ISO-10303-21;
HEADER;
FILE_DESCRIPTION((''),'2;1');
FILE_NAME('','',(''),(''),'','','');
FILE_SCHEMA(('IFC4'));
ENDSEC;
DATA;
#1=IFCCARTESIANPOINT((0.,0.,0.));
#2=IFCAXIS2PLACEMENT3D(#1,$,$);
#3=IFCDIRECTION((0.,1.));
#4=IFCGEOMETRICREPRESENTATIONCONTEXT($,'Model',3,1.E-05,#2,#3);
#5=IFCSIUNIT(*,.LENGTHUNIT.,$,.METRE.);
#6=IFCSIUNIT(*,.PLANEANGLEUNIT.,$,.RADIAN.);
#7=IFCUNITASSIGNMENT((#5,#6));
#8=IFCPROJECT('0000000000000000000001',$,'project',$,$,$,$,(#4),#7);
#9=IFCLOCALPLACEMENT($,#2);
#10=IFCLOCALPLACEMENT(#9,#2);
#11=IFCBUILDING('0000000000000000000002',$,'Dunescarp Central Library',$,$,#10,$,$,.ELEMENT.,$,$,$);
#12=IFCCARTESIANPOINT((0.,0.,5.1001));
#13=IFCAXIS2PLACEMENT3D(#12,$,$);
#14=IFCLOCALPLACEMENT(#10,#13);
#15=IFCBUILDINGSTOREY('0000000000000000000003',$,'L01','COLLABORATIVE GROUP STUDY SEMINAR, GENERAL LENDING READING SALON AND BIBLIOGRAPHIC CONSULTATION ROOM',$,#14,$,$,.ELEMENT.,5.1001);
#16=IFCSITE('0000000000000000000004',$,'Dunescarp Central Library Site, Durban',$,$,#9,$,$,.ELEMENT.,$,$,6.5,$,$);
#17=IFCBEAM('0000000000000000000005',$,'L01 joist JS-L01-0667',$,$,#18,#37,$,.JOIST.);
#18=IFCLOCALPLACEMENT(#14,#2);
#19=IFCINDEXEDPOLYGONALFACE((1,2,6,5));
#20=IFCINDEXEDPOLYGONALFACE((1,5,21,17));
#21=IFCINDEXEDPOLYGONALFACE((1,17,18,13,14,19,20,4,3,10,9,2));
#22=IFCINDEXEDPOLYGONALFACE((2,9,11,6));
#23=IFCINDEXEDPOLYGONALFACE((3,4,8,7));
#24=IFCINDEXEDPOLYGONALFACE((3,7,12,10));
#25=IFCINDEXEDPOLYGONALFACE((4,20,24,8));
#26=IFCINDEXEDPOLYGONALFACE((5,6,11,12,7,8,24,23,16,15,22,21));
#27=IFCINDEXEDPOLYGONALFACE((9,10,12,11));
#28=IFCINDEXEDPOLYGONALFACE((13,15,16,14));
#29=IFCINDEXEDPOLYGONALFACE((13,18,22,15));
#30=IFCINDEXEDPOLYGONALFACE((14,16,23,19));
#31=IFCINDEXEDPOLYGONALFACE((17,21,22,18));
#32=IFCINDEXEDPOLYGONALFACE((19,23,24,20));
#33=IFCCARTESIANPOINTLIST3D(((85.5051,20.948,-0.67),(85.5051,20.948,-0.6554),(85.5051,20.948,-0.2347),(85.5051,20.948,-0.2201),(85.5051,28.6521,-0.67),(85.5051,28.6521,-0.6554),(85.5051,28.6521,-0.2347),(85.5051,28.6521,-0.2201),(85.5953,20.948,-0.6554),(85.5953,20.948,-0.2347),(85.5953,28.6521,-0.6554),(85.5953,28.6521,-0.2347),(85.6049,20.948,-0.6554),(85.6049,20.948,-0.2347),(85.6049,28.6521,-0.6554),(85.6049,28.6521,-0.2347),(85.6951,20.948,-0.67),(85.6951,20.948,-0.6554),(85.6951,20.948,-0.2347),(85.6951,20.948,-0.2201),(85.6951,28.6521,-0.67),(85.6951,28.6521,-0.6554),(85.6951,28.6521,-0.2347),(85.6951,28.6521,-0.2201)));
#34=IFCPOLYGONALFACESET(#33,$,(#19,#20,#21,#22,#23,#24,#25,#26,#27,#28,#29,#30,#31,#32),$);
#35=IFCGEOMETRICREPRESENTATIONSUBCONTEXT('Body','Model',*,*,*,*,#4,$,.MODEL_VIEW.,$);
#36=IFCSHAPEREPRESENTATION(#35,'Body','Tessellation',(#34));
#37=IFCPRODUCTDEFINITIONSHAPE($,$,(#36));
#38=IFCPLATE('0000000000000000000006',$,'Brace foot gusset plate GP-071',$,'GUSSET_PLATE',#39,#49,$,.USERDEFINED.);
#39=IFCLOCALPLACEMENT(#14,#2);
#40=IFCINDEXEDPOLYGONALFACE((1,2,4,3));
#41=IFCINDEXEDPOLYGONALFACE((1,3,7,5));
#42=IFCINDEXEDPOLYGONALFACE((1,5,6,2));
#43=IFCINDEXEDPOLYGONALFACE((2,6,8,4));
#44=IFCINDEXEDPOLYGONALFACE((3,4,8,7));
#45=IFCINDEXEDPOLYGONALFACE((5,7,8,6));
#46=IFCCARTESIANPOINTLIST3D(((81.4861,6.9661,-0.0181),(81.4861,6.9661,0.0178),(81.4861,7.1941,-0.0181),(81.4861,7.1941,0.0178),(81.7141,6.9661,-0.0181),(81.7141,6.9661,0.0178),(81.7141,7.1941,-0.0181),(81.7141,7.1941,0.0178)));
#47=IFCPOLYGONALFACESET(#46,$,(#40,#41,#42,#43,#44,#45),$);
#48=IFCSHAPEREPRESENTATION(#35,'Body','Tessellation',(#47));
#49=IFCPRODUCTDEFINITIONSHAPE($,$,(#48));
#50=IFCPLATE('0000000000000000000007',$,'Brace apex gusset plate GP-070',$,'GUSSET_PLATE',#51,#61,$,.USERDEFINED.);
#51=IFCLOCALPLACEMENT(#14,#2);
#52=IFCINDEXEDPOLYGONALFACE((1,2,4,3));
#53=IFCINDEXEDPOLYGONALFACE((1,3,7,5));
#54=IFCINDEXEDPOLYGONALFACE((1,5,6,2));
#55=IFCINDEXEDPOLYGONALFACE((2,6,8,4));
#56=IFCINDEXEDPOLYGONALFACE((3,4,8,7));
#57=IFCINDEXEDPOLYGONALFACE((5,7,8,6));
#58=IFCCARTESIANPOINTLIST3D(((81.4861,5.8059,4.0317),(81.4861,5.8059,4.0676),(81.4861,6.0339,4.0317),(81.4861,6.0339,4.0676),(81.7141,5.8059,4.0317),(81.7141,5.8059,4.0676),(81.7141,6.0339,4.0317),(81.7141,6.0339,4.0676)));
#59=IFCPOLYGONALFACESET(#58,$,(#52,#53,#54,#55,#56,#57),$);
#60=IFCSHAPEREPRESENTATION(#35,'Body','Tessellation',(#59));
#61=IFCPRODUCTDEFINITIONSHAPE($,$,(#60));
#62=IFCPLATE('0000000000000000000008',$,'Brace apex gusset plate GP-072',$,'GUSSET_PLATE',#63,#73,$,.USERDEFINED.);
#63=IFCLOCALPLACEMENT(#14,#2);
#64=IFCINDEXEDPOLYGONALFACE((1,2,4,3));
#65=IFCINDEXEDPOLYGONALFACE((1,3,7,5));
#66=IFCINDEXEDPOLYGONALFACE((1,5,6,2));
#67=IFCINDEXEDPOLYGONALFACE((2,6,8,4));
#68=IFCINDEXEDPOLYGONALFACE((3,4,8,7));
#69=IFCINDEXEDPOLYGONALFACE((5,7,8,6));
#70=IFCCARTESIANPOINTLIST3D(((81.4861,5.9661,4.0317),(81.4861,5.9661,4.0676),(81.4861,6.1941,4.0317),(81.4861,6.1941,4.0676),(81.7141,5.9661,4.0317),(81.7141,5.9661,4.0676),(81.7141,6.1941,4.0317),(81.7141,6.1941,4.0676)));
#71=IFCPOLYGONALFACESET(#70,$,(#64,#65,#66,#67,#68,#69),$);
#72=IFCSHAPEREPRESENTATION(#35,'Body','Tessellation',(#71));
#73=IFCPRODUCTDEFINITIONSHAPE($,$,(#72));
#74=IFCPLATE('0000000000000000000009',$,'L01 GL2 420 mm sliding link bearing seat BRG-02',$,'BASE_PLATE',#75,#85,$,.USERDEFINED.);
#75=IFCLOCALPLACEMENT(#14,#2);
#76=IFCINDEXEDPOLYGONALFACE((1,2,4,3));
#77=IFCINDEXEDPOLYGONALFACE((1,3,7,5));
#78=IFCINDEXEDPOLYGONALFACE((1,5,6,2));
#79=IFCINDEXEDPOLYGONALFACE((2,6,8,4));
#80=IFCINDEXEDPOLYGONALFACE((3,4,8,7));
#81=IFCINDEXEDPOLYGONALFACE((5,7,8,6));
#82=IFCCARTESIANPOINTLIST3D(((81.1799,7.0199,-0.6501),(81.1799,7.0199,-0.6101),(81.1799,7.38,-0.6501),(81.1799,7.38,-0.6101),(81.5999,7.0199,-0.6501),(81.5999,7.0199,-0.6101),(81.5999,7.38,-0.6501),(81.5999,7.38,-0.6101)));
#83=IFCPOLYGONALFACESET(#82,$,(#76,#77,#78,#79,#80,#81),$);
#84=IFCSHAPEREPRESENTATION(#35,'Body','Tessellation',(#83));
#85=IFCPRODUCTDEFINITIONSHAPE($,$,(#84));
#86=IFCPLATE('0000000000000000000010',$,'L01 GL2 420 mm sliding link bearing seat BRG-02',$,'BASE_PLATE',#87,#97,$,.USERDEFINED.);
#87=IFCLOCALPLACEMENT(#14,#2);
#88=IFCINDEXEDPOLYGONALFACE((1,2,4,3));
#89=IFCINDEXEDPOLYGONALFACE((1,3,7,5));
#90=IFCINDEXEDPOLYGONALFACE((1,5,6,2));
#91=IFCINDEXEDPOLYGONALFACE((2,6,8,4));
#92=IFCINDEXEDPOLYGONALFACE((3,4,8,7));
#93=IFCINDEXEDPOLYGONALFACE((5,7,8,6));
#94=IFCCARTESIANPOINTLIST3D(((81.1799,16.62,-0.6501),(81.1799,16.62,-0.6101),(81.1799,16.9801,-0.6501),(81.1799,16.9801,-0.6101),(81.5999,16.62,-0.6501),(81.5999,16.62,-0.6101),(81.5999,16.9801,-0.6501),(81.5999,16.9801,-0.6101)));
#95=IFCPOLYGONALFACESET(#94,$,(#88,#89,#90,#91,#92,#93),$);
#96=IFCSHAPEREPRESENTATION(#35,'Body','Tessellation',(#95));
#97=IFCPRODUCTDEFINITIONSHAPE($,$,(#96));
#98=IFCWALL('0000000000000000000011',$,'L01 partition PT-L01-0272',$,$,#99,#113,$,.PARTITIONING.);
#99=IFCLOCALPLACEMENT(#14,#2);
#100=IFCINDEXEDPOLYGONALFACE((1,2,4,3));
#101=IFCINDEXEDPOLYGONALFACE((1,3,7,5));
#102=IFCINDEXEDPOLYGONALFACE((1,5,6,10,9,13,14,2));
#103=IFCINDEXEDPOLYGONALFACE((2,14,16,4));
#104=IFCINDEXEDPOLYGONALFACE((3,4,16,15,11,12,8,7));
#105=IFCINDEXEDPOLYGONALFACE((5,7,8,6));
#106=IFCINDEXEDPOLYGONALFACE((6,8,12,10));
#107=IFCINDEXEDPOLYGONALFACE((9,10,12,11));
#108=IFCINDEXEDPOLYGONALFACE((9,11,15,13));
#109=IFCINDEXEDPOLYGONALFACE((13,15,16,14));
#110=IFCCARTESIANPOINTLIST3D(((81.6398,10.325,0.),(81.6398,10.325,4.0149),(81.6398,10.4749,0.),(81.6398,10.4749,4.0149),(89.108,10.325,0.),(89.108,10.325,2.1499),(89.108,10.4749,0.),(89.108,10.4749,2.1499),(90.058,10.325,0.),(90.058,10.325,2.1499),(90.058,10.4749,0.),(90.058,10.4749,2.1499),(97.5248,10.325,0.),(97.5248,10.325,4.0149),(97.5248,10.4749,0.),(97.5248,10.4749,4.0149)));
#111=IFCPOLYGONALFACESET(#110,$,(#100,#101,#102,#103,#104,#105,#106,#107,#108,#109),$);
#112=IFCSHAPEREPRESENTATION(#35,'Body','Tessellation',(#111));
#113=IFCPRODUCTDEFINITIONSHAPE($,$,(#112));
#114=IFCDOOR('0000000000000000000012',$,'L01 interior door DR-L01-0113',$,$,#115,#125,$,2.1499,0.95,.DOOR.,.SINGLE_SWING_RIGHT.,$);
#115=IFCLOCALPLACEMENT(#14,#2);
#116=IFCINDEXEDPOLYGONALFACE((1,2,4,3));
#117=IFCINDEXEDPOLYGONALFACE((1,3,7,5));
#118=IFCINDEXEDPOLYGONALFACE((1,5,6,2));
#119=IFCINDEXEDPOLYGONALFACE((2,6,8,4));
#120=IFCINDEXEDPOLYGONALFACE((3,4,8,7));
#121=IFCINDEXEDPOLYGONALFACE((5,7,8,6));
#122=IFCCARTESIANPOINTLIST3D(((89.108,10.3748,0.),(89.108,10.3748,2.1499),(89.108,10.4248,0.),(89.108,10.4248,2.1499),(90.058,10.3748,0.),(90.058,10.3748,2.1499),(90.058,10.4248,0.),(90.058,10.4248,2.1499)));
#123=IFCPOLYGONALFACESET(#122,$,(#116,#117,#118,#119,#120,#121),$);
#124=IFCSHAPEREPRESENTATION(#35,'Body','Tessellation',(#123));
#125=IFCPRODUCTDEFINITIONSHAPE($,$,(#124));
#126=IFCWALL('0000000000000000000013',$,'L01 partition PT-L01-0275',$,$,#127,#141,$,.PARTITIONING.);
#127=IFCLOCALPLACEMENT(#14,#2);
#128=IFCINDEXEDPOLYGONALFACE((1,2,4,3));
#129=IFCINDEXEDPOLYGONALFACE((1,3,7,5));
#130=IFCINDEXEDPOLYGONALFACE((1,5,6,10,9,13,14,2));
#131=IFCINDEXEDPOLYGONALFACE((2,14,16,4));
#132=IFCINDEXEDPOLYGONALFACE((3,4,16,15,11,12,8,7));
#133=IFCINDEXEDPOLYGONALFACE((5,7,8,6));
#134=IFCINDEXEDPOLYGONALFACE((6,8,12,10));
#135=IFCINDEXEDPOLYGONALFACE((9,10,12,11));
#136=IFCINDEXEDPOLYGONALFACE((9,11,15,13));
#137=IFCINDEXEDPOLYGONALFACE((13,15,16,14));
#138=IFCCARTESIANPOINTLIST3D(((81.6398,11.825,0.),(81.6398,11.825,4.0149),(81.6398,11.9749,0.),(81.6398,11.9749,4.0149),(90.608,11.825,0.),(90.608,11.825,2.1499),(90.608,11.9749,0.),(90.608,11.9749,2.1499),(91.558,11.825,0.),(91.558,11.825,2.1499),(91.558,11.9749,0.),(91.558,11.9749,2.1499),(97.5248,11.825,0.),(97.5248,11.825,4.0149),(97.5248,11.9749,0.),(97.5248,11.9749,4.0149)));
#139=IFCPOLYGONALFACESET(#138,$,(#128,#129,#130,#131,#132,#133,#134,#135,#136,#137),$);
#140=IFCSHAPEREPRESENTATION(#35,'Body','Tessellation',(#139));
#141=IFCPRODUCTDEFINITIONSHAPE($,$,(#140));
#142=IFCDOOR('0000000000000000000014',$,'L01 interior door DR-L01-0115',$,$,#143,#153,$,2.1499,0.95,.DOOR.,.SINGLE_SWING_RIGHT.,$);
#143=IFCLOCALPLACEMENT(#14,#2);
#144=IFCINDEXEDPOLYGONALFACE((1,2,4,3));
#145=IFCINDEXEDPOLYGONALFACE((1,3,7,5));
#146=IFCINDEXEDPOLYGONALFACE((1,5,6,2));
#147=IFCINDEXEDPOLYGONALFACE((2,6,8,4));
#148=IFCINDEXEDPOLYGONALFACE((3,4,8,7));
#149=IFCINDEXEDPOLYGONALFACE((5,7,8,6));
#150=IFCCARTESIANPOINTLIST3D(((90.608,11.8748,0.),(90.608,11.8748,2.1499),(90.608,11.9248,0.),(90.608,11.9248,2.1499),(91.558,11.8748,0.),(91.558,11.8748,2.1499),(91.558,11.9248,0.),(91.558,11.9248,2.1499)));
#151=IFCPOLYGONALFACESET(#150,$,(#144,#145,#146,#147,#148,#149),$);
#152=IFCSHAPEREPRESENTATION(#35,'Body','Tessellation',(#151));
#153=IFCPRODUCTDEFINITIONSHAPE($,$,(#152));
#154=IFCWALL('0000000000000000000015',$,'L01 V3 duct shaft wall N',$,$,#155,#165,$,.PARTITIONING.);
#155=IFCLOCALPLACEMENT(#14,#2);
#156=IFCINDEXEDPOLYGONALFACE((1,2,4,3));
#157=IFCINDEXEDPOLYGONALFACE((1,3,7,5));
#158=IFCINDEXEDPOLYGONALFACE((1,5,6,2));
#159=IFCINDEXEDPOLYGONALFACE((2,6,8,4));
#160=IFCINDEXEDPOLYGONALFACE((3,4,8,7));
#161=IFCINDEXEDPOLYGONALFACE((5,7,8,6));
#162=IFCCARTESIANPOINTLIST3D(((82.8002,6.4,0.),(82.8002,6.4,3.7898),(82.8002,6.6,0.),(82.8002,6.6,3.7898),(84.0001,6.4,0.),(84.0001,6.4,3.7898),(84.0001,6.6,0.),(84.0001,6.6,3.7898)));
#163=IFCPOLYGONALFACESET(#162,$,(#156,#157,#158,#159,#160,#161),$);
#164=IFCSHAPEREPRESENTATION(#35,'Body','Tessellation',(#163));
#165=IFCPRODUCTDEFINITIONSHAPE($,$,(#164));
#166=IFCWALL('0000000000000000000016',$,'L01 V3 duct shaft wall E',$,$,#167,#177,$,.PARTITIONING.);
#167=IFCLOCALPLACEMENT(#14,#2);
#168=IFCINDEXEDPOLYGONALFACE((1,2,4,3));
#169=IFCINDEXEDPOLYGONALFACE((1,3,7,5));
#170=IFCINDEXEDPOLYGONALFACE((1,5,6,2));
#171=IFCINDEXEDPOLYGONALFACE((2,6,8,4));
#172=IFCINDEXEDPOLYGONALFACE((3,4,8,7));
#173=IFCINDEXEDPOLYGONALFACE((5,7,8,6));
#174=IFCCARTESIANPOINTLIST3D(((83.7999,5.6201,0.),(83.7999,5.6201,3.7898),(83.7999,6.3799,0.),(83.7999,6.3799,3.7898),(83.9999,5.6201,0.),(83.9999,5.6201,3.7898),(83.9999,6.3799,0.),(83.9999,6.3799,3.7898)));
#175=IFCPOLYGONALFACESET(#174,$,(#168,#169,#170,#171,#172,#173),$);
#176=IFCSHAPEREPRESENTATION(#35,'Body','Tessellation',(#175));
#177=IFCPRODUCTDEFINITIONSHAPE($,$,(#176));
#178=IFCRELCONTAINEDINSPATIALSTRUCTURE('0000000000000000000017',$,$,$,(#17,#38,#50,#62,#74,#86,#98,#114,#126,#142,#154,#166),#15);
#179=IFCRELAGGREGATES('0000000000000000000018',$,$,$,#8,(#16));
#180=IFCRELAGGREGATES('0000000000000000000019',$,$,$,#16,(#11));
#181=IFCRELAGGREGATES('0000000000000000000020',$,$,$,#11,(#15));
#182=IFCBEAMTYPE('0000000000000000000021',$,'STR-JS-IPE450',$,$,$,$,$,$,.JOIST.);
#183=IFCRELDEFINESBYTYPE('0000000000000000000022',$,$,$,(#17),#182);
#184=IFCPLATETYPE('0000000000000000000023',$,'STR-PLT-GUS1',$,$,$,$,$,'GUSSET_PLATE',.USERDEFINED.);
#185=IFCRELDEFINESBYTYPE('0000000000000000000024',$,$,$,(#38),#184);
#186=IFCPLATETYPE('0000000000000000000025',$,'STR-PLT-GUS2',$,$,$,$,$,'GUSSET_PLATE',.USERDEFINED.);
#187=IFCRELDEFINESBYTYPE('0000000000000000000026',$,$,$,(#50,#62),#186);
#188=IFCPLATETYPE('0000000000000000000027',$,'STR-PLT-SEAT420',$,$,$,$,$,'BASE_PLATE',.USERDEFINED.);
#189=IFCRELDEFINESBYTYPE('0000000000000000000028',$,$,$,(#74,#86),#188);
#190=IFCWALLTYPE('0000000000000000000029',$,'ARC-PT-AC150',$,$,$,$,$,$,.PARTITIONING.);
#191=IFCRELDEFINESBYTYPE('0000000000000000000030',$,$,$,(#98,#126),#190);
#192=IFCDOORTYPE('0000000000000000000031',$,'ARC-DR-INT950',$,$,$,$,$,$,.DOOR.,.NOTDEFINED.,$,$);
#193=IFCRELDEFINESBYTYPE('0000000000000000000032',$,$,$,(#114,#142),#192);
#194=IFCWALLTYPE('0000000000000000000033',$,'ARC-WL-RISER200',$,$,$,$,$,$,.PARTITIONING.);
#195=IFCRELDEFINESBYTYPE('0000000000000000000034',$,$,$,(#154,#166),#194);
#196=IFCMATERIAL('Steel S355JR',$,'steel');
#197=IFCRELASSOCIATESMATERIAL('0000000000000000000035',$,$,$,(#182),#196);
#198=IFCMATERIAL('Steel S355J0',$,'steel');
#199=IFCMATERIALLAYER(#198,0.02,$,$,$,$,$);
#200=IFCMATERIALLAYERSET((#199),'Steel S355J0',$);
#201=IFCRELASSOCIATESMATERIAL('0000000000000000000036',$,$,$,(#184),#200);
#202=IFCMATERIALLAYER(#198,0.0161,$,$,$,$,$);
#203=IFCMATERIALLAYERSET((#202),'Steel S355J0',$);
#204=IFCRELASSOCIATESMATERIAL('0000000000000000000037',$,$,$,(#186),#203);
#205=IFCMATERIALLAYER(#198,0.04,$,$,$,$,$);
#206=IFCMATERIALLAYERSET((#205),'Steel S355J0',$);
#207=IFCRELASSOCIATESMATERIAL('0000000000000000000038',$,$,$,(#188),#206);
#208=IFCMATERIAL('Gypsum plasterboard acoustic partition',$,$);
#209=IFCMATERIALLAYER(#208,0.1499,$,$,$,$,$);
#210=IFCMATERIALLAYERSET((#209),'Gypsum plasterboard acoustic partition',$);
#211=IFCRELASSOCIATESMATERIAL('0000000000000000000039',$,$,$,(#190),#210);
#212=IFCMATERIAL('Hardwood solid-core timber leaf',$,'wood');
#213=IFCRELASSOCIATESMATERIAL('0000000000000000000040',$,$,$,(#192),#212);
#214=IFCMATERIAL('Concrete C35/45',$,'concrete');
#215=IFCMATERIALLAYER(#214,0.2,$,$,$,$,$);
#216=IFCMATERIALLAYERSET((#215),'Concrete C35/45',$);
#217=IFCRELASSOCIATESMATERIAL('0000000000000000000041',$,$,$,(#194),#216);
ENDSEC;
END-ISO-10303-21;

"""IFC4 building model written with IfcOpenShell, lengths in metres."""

from ifc_helpers import new_model, si_unit, direction, frame, frame_2d, origin, origin_2d, place, context, subcontext, project, spatial, rectangle, i_section, extrude, material, layer, layer_set, material_profile, profile_set, type_object, element, fill, save


model = new_model("IFC4")

# Units and contexts
model_context = context("Model", 3, precision=1e-05, world=origin(), true_north=direction((0.0, 1.0)))
body_context = subcontext(model_context, "Body", "Model", "MODEL_VIEW")
ifc_project = project(units=[si_unit("LENGTHUNIT", "METRE"), si_unit("PLANEANGLEUNIT", "RADIAN")], contexts=[model_context])

# Site, building, storey
site_placement = place(None, origin())
site = spatial("IfcSite", under=ifc_project, at=site_placement, Name="Dunescarp Central Library Site, Durban", CompositionType="ELEMENT", RefElevation=6.5)
building_placement = place(site_placement, origin())
building = spatial("IfcBuilding", under=site, at=building_placement, Name="Dunescarp Central Library", CompositionType="ELEMENT")
storey_placement = place(building_placement, frame((0.0, 0.0, 5.1001)))
storey = spatial("IfcBuildingStorey", under=building, at=storey_placement, Name="L01", Description="COLLABORATIVE GROUP STUDY SEMINAR, GENERAL LENDING READING SALON AND BIBLIOGRAPHIC CONSULTATION ROOM", CompositionType="ELEMENT", Elevation=5.1001)

# Shared definitions
ifc_material_1 = material(Name="Steel S355JR", Category="steel")

# Shared definitions
ifc_material_2 = material(Name="Steel S355J0", Category="steel")

# Beam
ifc_material_profile_1 = material_profile(ifc_material_1, i_section(OverallWidth=0.1899, OverallDepth=0.45, WebThickness=0.0095, FlangeThickness=0.0146, at=origin_2d()), Name="IPE 450")
ifc_profile_set_1 = profile_set([ifc_material_profile_1], Name="Steel S355JR")
beam_type_1 = type_object("IfcBeamType", Name="STR-JS-IPE450", PredefinedType="JOIST", material=ifc_profile_set_1)
for number, where, z_axis, x_axis, name in (
    (1, (85.6001, 20.948, -0.4451), (0.0, 1.0, 0.0), (-1.0, 0.0, 0.0), "L01 joist JS-L01-0667"),
):
    element("IfcBeam", number, at=place(storey_placement, frame(where, z_axis=z_axis, x_axis=x_axis)), inside=storey, type_object=beam_type_1, Name=name, PredefinedType="JOIST", context=body_context, shape_type="SweptSolid", body=[
        extrude(i_section(OverallWidth=0.1899, OverallDepth=0.45, WebThickness=0.0095, FlangeThickness=0.0146, at=origin_2d()), origin(), (0.0, 0.0, 1.0), 7.7041),
    ])

# Plates
ifc_layer_1 = layer(ifc_material_2, 0.02)
ifc_layer_set_1 = layer_set([ifc_layer_1], Name="Steel S355J0")
plate_type_1 = type_object("IfcPlateType", Name="STR-PLT-GUS1", ElementType="GUSSET_PLATE", PredefinedType="USERDEFINED", material=ifc_layer_set_1)
plate_placement = place(storey_placement, frame((81.6001, 7.0801, -0.0181), z_axis=(0.0, 0.0, 1.0), x_axis=(1.0, 0.0, 0.0)))
element("IfcPlate", 2, at=plate_placement, inside=storey, type_object=plate_type_1, Name="Brace foot gusset plate GP-071", ObjectType="GUSSET_PLATE", PredefinedType="USERDEFINED", context=body_context, shape_type="SweptSolid", body=[
    extrude(rectangle(XDim=0.228, YDim=0.228, at=origin_2d()), origin(), (0.0, 0.0, 1.0), 0.0359),
])
ifc_layer_2 = layer(ifc_material_2, 0.0161)
ifc_layer_set_2 = layer_set([ifc_layer_2], Name="Steel S355J0")
plate_type_2 = type_object("IfcPlateType", Name="STR-PLT-GUS2", ElementType="GUSSET_PLATE", PredefinedType="USERDEFINED", material=ifc_layer_set_2)
for number, where, z_axis, x_axis, name in (
    (3, (81.6001, 5.9199, 4.0317), (0.0, 0.0, 1.0), (1.0, 0.0, 0.0), "Brace apex gusset plate GP-070"),
    (4, (81.6001, 6.0801, 4.0317), (0.0, 0.0, 1.0), (1.0, 0.0, 0.0), "Brace apex gusset plate GP-072"),
):
    element("IfcPlate", number, at=place(storey_placement, frame(where, z_axis=z_axis, x_axis=x_axis)), inside=storey, type_object=plate_type_2, Name=name, ObjectType="GUSSET_PLATE", PredefinedType="USERDEFINED", context=body_context, shape_type="SweptSolid", body=[
        extrude(rectangle(XDim=0.228, YDim=0.228, at=origin_2d()), origin(), (0.0, 0.0, 1.0), 0.0359),
    ])
ifc_layer_3 = layer(ifc_material_2, 0.04)
ifc_layer_set_3 = layer_set([ifc_layer_3], Name="Steel S355J0")
plate_type_3 = type_object("IfcPlateType", Name="STR-PLT-SEAT420", ElementType="BASE_PLATE", PredefinedType="USERDEFINED", material=ifc_layer_set_3)
for number, where, z_axis, x_axis, name in (
    (5, (81.3899, 7.2, -0.6501), (0.0, 0.0, 1.0), (1.0, 0.0, 0.0), "L01 GL2 420 mm sliding link bearing seat BRG-02"),
    (6, (81.3899, 16.8, -0.6501), (0.0, 0.0, 1.0), (1.0, 0.0, 0.0), "L01 GL2 420 mm sliding link bearing seat BRG-02"),
):
    element("IfcPlate", number, at=place(storey_placement, frame(where, z_axis=z_axis, x_axis=x_axis)), inside=storey, type_object=plate_type_3, Name=name, ObjectType="BASE_PLATE", PredefinedType="USERDEFINED", context=body_context, shape_type="SweptSolid", body=[
        extrude(rectangle(XDim=0.4199, YDim=0.3601, at=origin_2d()), origin(), (0.0, 0.0, 1.0), 0.04),
    ])

# Walls, openings, doors
ifc_material_3 = material(Name="Gypsum plasterboard acoustic partition")
ifc_layer_4 = layer(ifc_material_3, 0.1499)
ifc_layer_set_4 = layer_set([ifc_layer_4], Name="Gypsum plasterboard acoustic partition")
wall_type_1 = type_object("IfcWallType", Name="ARC-PT-AC150", PredefinedType="PARTITIONING", material=ifc_layer_set_4)
wall_1_placement = place(storey_placement, frame((81.6399, 10.3999, 0.0), z_axis=(0.0, 0.0, 1.0), x_axis=(1.0, 0.0, 0.0)))
wall_1 = element("IfcWall", 7, at=wall_1_placement, inside=storey, type_object=wall_type_1, Name="L01 partition PT-L01-0272", PredefinedType="PARTITIONING", context=body_context, shape_type="SweptSolid", body=[
    extrude(rectangle(XDim=15.885, YDim=0.1499, at=frame_2d((7.9424, 0.0))), origin(), (0.0, 0.0, 1.0), 4.0149),
])
opening_1_placement = place(wall_1_placement, frame((7.468, 0.0, 0.0)))
opening_1 = element("IfcOpeningElement", 8, at=opening_1_placement, cuts=wall_1, PredefinedType="OPENING", context=body_context, shape_type="SweptSolid", body=[
    extrude(rectangle(XDim=0.95, YDim=2.1499, at=frame_2d((0.4751, 1.075))), frame((0.0, 0.085, 0.0), z_axis=(0.0, -1.0, 0.0), x_axis=(1.0, 0.0, 0.0)), (0.0, 0.0, 1.0), 0.1699),
])
ifc_material_4 = material(Name="Hardwood solid-core timber leaf", Category="wood")
door_type_1 = type_object("IfcDoorType", Name="ARC-DR-INT950", OperationType="NOTDEFINED", PredefinedType="DOOR", material=ifc_material_4)
door_1_placement = place(opening_1_placement, origin())
door_1 = element("IfcDoor", 9, at=door_1_placement, inside=storey, type_object=door_type_1, Name="L01 interior door DR-L01-0113", OperationType="SINGLE_SWING_RIGHT", OverallHeight=2.1499, OverallWidth=0.95, PredefinedType="DOOR", context=body_context, shape_type="SweptSolid", body=[
    extrude(rectangle(XDim=0.95, YDim=2.1499, at=frame_2d((0.4751, 1.075))), frame((0.0, 0.0249, 0.0), z_axis=(0.0, -1.0, 0.0), x_axis=(1.0, 0.0, 0.0)), (0.0, 0.0, 1.0), 0.05),
])
fill(opening_1, door_1)
wall_2_placement = place(storey_placement, frame((81.6399, 11.8999, 0.0), z_axis=(0.0, 0.0, 1.0), x_axis=(1.0, 0.0, 0.0)))
wall_2 = element("IfcWall", 10, at=wall_2_placement, inside=storey, type_object=wall_type_1, Name="L01 partition PT-L01-0275", PredefinedType="PARTITIONING", context=body_context, shape_type="SweptSolid", body=[
    extrude(rectangle(XDim=15.885, YDim=0.1499, at=frame_2d((7.9424, 0.0))), origin(), (0.0, 0.0, 1.0), 4.0149),
])
opening_2_placement = place(wall_2_placement, frame((8.968, 0.0, 0.0)))
opening_2 = element("IfcOpeningElement", 11, at=opening_2_placement, cuts=wall_2, PredefinedType="OPENING", context=body_context, shape_type="SweptSolid", body=[
    extrude(rectangle(XDim=0.95, YDim=2.1499, at=frame_2d((0.4751, 1.075))), frame((0.0, 0.085, 0.0), z_axis=(0.0, -1.0, 0.0), x_axis=(1.0, 0.0, 0.0)), (0.0, 0.0, 1.0), 0.1699),
])
door_2_placement = place(opening_2_placement, origin())
door_2 = element("IfcDoor", 12, at=door_2_placement, inside=storey, type_object=door_type_1, Name="L01 interior door DR-L01-0115", OperationType="SINGLE_SWING_RIGHT", OverallHeight=2.1499, OverallWidth=0.95, PredefinedType="DOOR", context=body_context, shape_type="SweptSolid", body=[
    extrude(rectangle(XDim=0.95, YDim=2.1499, at=frame_2d((0.4751, 1.075))), frame((0.0, 0.0249, 0.0), z_axis=(0.0, -1.0, 0.0), x_axis=(1.0, 0.0, 0.0)), (0.0, 0.0, 1.0), 0.05),
])
fill(opening_2, door_2)

# Walls
ifc_material_5 = material(Name="Concrete C35/45", Category="concrete")
ifc_layer_5 = layer(ifc_material_5, 0.2)
ifc_layer_set_5 = layer_set([ifc_layer_5], Name="Concrete C35/45")
wall_type_2 = type_object("IfcWallType", Name="ARC-WL-RISER200", PredefinedType="PARTITIONING", material=ifc_layer_set_5)
wall_3_placement = place(storey_placement, frame((82.8, 6.5, 0.0), z_axis=(0.0, 0.0, 1.0), x_axis=(1.0, 0.0, 0.0)))
element("IfcWall", 13, at=wall_3_placement, inside=storey, type_object=wall_type_2, Name="L01 V3 duct shaft wall N", PredefinedType="PARTITIONING", context=body_context, shape_type="SweptSolid", body=[
    extrude(rectangle(XDim=1.2, YDim=0.2, at=frame_2d((0.6001, 0.0))), origin(), (0.0, 0.0, 1.0), 3.7898),
])
wall_4_placement = place(storey_placement, frame((83.8999, 6.3799, 0.0), z_axis=(0.0, 0.0, 1.0), x_axis=(0.0, -1.0, 0.0)))
element("IfcWall", 14, at=wall_4_placement, inside=storey, type_object=wall_type_2, Name="L01 V3 duct shaft wall E", PredefinedType="PARTITIONING", context=body_context, shape_type="SweptSolid", body=[
    extrude(rectangle(XDim=0.7598, YDim=0.2, at=frame_2d((0.3799, 0.0))), origin(), (0.0, 0.0, 1.0), 3.7898),
])

save(model, "model.ifc")
